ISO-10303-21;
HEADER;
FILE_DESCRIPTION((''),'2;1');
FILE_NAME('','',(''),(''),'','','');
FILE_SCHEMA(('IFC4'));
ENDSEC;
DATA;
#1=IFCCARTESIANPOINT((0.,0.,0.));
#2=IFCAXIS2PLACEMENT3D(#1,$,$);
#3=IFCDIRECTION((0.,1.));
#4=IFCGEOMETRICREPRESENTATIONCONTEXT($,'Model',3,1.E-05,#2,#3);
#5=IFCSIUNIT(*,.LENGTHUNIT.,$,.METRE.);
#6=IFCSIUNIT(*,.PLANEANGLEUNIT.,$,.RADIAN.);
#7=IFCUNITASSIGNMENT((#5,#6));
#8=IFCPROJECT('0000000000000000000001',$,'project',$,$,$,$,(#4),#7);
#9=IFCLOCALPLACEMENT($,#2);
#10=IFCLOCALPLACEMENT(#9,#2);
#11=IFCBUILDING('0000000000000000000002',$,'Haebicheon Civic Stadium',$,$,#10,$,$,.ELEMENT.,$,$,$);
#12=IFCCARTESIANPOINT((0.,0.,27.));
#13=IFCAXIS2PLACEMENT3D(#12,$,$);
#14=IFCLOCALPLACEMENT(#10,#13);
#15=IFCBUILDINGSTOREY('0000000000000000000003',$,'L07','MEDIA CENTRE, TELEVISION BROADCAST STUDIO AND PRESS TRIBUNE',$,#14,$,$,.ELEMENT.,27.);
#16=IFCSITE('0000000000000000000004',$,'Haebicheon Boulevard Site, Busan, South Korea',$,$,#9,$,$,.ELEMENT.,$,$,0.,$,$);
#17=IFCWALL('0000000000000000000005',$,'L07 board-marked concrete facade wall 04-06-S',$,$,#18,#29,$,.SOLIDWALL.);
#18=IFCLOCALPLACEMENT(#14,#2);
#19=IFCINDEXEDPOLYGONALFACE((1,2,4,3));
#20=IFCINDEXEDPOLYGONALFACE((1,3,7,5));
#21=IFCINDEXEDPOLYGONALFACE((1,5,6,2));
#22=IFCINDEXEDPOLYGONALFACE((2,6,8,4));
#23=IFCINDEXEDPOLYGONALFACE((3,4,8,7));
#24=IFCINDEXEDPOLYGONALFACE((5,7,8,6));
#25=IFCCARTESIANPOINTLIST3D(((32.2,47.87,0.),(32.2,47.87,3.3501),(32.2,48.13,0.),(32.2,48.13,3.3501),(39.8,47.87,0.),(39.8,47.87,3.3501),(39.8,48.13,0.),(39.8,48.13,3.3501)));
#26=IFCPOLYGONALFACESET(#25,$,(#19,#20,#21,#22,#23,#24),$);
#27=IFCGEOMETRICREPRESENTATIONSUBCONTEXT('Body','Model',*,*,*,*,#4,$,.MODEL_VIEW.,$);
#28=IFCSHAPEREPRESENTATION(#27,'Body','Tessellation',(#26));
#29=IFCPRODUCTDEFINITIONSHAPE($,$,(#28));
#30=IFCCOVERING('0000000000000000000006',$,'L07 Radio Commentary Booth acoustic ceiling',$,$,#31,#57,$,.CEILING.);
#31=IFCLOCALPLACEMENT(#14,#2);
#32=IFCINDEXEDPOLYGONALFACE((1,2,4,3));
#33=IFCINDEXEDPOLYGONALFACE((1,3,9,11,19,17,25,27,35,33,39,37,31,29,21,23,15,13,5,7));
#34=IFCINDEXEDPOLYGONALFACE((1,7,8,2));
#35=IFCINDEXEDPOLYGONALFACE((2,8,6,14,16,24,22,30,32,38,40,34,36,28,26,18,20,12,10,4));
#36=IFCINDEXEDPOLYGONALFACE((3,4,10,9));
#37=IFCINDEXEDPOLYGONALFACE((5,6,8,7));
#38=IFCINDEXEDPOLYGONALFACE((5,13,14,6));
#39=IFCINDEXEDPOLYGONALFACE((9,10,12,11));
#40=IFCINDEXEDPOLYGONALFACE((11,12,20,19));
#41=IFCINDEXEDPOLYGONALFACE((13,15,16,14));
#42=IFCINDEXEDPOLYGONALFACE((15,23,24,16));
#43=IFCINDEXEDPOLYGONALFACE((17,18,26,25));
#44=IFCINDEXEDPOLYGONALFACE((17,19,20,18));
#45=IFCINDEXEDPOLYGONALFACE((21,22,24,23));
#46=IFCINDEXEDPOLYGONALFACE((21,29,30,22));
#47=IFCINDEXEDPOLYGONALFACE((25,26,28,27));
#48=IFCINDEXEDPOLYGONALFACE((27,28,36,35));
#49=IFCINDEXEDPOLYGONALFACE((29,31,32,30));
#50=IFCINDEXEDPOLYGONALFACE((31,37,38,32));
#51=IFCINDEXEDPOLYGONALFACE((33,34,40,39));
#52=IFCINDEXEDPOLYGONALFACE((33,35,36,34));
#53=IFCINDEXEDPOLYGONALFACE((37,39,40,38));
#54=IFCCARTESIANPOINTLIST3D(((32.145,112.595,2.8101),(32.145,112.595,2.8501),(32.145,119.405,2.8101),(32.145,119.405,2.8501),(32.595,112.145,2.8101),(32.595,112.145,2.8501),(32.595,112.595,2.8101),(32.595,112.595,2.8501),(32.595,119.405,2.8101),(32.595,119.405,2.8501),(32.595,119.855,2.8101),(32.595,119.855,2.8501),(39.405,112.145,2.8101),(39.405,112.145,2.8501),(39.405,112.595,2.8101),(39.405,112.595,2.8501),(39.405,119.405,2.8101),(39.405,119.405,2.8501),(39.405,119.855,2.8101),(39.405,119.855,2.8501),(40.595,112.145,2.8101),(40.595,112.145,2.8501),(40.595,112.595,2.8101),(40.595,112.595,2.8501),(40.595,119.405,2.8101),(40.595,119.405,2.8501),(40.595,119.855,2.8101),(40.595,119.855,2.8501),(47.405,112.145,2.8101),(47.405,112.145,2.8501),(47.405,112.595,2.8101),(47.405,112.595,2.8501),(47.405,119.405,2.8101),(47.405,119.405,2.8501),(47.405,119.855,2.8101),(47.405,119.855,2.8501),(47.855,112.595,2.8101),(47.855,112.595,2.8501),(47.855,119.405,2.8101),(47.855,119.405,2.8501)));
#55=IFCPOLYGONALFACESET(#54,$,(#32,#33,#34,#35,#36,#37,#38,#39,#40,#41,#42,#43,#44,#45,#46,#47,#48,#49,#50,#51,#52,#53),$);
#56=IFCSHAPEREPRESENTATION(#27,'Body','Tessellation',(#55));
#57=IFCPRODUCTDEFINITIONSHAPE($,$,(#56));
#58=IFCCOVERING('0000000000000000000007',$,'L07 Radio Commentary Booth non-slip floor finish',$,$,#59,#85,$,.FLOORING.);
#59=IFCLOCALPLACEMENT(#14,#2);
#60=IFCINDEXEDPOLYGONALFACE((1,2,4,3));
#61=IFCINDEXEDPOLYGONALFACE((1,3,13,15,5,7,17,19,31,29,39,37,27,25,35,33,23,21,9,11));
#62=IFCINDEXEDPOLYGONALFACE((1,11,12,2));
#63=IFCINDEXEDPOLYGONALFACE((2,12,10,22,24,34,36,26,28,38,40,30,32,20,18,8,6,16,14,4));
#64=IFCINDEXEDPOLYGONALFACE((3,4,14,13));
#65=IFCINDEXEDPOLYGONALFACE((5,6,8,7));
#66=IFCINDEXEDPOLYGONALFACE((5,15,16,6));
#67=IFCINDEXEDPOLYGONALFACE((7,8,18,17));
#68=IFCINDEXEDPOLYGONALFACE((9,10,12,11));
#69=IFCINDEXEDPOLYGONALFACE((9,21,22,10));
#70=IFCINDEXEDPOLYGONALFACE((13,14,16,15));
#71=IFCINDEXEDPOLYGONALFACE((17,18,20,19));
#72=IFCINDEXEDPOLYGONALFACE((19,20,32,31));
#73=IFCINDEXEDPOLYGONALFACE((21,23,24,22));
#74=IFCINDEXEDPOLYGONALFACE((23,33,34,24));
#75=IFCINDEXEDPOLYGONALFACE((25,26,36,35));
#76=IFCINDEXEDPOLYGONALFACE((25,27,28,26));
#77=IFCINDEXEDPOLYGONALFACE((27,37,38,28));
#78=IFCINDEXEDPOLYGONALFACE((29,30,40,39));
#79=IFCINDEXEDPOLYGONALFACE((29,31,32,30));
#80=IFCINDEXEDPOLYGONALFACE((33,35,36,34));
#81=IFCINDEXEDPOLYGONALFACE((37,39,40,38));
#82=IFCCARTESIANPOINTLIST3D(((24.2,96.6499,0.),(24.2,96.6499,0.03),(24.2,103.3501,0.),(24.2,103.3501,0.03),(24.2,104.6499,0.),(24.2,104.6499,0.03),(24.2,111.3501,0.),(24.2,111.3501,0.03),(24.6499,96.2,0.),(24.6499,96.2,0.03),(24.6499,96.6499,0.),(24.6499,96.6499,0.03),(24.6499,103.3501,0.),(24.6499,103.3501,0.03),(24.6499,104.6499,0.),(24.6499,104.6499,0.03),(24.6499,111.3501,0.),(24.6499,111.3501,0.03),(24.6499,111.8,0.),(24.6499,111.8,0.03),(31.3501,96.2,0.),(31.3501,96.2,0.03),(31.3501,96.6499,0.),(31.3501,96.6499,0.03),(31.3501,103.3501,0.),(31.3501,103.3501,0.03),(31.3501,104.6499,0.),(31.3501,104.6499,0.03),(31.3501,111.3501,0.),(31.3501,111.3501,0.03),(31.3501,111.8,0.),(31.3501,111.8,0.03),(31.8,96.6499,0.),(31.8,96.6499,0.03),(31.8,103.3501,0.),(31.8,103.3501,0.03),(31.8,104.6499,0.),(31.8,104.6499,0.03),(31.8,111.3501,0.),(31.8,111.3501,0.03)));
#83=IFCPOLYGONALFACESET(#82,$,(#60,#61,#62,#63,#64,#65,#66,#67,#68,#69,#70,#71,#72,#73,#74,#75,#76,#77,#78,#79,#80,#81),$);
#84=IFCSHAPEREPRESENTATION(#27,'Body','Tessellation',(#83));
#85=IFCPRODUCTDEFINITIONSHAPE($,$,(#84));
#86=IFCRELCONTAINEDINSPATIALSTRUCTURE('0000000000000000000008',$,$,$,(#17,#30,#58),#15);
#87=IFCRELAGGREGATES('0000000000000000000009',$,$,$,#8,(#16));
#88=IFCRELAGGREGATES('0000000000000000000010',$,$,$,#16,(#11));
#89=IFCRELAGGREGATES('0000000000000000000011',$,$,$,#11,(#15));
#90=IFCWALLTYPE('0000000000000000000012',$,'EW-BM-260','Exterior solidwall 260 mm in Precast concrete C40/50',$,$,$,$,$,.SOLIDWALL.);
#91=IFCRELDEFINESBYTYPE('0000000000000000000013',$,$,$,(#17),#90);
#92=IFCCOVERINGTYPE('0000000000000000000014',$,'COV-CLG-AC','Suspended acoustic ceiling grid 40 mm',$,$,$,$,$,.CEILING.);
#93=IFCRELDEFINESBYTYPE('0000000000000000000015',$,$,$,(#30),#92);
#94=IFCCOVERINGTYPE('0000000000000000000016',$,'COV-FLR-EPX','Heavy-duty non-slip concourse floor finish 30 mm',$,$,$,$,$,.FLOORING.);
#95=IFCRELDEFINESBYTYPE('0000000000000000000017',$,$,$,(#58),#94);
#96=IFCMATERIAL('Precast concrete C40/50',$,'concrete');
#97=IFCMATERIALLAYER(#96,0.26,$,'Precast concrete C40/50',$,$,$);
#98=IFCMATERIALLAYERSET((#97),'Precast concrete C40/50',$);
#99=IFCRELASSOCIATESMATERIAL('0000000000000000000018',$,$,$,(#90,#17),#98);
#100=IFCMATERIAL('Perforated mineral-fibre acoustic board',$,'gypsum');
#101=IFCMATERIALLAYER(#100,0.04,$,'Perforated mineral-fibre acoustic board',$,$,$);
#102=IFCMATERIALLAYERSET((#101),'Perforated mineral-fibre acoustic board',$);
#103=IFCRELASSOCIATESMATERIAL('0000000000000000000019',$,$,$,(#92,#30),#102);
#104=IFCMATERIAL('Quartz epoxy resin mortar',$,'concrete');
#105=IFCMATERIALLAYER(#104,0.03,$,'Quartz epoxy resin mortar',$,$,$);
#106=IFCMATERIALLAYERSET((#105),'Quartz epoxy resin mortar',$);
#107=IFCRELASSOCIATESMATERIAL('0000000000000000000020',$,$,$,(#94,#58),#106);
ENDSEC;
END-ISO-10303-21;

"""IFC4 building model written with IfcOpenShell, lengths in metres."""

from ifc_helpers import new_model, si_unit, direction, frame, frame_2d, origin, place, context, subcontext, project, spatial, polyline, rectangle, outline, extrude, material, layer, layer_set, type_object, element, save


model = new_model("IFC4")

# Units and contexts
model_context = context("Model", 3, precision=1e-05, world=origin(), true_north=direction((0.0, 1.0)))
body_context = subcontext(model_context, "Body", "Model", "MODEL_VIEW")
ifc_project = project(units=[si_unit("LENGTHUNIT", "METRE"), si_unit("PLANEANGLEUNIT", "RADIAN")], contexts=[model_context])

# Site, building, storey
site_placement = place(None, origin())
site = spatial("IfcSite", under=ifc_project, at=site_placement, Name="Haebicheon Boulevard Site, Busan, South Korea", CompositionType="ELEMENT", RefElevation=0.0)
building_placement = place(site_placement, origin())
building = spatial("IfcBuilding", under=site, at=building_placement, Name="Haebicheon Civic Stadium", CompositionType="ELEMENT")
storey_placement = place(building_placement, frame((0.0, 0.0, 27.0)))
storey = spatial("IfcBuildingStorey", under=building, at=storey_placement, Name="L07", Description="MEDIA CENTRE, TELEVISION BROADCAST STUDIO AND PRESS TRIBUNE", CompositionType="ELEMENT", Elevation=27.0)

# Wall
ifc_material_1 = material(Name="Precast concrete C40/50", Category="concrete")
ifc_layer_1 = layer(ifc_material_1, 0.26, Name="Precast concrete C40/50")
ifc_layer_set_1 = layer_set([ifc_layer_1], Name="Precast concrete C40/50")
wall_type = type_object("IfcWallType", Name="EW-BM-260", Description="Exterior solidwall 260 mm in Precast concrete C40/50", PredefinedType="SOLIDWALL", material=ifc_layer_set_1)
for number, where, z_axis, x_axis, name in (
    (1, (32.2, 48.0, 0.0), (0.0, 0.0, 1.0), (1.0, 0.0, 0.0), "L07 board-marked concrete facade wall 04-06-S"),
):
    element("IfcWall", number, at=place(storey_placement, frame(where, z_axis=z_axis, x_axis=x_axis)), inside=storey, type_object=wall_type, material=ifc_layer_set_1, Name=name, PredefinedType="SOLIDWALL", context=body_context, shape_type="SweptSolid", body=[
        extrude(rectangle(XDim=7.6001, YDim=0.26, at=frame_2d((3.8, 0.0))), origin(), (0.0, 0.0, 1.0), 3.3501),
    ])

# Coverings
ifc_material_2 = material(Name="Perforated mineral-fibre acoustic board", Category="gypsum")
ifc_layer_2 = layer(ifc_material_2, 0.04, Name="Perforated mineral-fibre acoustic board")
ifc_layer_set_2 = layer_set([ifc_layer_2], Name="Perforated mineral-fibre acoustic board")
covering_type_1 = type_object("IfcCoveringType", Name="COV-CLG-AC", Description="Suspended acoustic ceiling grid 40 mm", PredefinedType="CEILING", material=ifc_layer_set_2)
covering_1_placement = place(storey_placement, frame((0.0, 0.0, 2.8101)))
element("IfcCovering", 2, at=covering_1_placement, inside=storey, type_object=covering_type_1, material=ifc_layer_set_2, Name="L07 Radio Commentary Booth acoustic ceiling", PredefinedType="CEILING", context=body_context, shape_type="SweptSolid", body=[
    extrude(outline(polyline([(32.145, 119.405), (32.595, 119.405), (32.595, 119.855), (39.405, 119.855), (39.405, 119.405), (40.595, 119.405), (40.595, 119.855), (47.405, 119.855), (47.405, 119.405), (47.855, 119.405), (47.855, 112.595), (47.405, 112.595), (47.405, 112.145), (40.595, 112.145), (40.595, 112.595), (39.405, 112.595), (39.405, 112.145), (32.595, 112.145), (32.595, 112.595), (32.145, 112.595), (32.145, 119.405)])), origin(), (0.0, 0.0, 1.0), 0.04),
])
ifc_material_3 = material(Name="Quartz epoxy resin mortar", Category="concrete")
ifc_layer_3 = layer(ifc_material_3, 0.03, Name="Quartz epoxy resin mortar")
ifc_layer_set_3 = layer_set([ifc_layer_3], Name="Quartz epoxy resin mortar")
covering_type_2 = type_object("IfcCoveringType", Name="COV-FLR-EPX", Description="Heavy-duty non-slip concourse floor finish 30 mm", PredefinedType="FLOORING", material=ifc_layer_set_3)
covering_2_placement = place(storey_placement, origin())
element("IfcCovering", 3, at=covering_2_placement, inside=storey, type_object=covering_type_2, material=ifc_layer_set_3, Name="L07 Radio Commentary Booth non-slip floor finish", PredefinedType="FLOORING", context=body_context, shape_type="SweptSolid", body=[
    extrude(outline(polyline([(24.6499, 96.2), (24.6499, 96.6499), (24.2, 96.6499), (24.2, 103.3501), (24.6499, 103.3501), (24.6499, 104.6499), (24.2, 104.6499), (24.2, 111.3501), (24.6499, 111.3501), (24.6499, 111.8), (31.3501, 111.8), (31.3501, 111.3501), (31.8, 111.3501), (31.8, 104.6499), (31.3501, 104.6499), (31.3501, 103.3501), (31.8, 103.3501), (31.8, 96.6499), (31.3501, 96.6499), (31.3501, 96.2), (24.6499, 96.2)])), origin(), (0.0, 0.0, 1.0), 0.03),
])

save(model, "model.ifc")
